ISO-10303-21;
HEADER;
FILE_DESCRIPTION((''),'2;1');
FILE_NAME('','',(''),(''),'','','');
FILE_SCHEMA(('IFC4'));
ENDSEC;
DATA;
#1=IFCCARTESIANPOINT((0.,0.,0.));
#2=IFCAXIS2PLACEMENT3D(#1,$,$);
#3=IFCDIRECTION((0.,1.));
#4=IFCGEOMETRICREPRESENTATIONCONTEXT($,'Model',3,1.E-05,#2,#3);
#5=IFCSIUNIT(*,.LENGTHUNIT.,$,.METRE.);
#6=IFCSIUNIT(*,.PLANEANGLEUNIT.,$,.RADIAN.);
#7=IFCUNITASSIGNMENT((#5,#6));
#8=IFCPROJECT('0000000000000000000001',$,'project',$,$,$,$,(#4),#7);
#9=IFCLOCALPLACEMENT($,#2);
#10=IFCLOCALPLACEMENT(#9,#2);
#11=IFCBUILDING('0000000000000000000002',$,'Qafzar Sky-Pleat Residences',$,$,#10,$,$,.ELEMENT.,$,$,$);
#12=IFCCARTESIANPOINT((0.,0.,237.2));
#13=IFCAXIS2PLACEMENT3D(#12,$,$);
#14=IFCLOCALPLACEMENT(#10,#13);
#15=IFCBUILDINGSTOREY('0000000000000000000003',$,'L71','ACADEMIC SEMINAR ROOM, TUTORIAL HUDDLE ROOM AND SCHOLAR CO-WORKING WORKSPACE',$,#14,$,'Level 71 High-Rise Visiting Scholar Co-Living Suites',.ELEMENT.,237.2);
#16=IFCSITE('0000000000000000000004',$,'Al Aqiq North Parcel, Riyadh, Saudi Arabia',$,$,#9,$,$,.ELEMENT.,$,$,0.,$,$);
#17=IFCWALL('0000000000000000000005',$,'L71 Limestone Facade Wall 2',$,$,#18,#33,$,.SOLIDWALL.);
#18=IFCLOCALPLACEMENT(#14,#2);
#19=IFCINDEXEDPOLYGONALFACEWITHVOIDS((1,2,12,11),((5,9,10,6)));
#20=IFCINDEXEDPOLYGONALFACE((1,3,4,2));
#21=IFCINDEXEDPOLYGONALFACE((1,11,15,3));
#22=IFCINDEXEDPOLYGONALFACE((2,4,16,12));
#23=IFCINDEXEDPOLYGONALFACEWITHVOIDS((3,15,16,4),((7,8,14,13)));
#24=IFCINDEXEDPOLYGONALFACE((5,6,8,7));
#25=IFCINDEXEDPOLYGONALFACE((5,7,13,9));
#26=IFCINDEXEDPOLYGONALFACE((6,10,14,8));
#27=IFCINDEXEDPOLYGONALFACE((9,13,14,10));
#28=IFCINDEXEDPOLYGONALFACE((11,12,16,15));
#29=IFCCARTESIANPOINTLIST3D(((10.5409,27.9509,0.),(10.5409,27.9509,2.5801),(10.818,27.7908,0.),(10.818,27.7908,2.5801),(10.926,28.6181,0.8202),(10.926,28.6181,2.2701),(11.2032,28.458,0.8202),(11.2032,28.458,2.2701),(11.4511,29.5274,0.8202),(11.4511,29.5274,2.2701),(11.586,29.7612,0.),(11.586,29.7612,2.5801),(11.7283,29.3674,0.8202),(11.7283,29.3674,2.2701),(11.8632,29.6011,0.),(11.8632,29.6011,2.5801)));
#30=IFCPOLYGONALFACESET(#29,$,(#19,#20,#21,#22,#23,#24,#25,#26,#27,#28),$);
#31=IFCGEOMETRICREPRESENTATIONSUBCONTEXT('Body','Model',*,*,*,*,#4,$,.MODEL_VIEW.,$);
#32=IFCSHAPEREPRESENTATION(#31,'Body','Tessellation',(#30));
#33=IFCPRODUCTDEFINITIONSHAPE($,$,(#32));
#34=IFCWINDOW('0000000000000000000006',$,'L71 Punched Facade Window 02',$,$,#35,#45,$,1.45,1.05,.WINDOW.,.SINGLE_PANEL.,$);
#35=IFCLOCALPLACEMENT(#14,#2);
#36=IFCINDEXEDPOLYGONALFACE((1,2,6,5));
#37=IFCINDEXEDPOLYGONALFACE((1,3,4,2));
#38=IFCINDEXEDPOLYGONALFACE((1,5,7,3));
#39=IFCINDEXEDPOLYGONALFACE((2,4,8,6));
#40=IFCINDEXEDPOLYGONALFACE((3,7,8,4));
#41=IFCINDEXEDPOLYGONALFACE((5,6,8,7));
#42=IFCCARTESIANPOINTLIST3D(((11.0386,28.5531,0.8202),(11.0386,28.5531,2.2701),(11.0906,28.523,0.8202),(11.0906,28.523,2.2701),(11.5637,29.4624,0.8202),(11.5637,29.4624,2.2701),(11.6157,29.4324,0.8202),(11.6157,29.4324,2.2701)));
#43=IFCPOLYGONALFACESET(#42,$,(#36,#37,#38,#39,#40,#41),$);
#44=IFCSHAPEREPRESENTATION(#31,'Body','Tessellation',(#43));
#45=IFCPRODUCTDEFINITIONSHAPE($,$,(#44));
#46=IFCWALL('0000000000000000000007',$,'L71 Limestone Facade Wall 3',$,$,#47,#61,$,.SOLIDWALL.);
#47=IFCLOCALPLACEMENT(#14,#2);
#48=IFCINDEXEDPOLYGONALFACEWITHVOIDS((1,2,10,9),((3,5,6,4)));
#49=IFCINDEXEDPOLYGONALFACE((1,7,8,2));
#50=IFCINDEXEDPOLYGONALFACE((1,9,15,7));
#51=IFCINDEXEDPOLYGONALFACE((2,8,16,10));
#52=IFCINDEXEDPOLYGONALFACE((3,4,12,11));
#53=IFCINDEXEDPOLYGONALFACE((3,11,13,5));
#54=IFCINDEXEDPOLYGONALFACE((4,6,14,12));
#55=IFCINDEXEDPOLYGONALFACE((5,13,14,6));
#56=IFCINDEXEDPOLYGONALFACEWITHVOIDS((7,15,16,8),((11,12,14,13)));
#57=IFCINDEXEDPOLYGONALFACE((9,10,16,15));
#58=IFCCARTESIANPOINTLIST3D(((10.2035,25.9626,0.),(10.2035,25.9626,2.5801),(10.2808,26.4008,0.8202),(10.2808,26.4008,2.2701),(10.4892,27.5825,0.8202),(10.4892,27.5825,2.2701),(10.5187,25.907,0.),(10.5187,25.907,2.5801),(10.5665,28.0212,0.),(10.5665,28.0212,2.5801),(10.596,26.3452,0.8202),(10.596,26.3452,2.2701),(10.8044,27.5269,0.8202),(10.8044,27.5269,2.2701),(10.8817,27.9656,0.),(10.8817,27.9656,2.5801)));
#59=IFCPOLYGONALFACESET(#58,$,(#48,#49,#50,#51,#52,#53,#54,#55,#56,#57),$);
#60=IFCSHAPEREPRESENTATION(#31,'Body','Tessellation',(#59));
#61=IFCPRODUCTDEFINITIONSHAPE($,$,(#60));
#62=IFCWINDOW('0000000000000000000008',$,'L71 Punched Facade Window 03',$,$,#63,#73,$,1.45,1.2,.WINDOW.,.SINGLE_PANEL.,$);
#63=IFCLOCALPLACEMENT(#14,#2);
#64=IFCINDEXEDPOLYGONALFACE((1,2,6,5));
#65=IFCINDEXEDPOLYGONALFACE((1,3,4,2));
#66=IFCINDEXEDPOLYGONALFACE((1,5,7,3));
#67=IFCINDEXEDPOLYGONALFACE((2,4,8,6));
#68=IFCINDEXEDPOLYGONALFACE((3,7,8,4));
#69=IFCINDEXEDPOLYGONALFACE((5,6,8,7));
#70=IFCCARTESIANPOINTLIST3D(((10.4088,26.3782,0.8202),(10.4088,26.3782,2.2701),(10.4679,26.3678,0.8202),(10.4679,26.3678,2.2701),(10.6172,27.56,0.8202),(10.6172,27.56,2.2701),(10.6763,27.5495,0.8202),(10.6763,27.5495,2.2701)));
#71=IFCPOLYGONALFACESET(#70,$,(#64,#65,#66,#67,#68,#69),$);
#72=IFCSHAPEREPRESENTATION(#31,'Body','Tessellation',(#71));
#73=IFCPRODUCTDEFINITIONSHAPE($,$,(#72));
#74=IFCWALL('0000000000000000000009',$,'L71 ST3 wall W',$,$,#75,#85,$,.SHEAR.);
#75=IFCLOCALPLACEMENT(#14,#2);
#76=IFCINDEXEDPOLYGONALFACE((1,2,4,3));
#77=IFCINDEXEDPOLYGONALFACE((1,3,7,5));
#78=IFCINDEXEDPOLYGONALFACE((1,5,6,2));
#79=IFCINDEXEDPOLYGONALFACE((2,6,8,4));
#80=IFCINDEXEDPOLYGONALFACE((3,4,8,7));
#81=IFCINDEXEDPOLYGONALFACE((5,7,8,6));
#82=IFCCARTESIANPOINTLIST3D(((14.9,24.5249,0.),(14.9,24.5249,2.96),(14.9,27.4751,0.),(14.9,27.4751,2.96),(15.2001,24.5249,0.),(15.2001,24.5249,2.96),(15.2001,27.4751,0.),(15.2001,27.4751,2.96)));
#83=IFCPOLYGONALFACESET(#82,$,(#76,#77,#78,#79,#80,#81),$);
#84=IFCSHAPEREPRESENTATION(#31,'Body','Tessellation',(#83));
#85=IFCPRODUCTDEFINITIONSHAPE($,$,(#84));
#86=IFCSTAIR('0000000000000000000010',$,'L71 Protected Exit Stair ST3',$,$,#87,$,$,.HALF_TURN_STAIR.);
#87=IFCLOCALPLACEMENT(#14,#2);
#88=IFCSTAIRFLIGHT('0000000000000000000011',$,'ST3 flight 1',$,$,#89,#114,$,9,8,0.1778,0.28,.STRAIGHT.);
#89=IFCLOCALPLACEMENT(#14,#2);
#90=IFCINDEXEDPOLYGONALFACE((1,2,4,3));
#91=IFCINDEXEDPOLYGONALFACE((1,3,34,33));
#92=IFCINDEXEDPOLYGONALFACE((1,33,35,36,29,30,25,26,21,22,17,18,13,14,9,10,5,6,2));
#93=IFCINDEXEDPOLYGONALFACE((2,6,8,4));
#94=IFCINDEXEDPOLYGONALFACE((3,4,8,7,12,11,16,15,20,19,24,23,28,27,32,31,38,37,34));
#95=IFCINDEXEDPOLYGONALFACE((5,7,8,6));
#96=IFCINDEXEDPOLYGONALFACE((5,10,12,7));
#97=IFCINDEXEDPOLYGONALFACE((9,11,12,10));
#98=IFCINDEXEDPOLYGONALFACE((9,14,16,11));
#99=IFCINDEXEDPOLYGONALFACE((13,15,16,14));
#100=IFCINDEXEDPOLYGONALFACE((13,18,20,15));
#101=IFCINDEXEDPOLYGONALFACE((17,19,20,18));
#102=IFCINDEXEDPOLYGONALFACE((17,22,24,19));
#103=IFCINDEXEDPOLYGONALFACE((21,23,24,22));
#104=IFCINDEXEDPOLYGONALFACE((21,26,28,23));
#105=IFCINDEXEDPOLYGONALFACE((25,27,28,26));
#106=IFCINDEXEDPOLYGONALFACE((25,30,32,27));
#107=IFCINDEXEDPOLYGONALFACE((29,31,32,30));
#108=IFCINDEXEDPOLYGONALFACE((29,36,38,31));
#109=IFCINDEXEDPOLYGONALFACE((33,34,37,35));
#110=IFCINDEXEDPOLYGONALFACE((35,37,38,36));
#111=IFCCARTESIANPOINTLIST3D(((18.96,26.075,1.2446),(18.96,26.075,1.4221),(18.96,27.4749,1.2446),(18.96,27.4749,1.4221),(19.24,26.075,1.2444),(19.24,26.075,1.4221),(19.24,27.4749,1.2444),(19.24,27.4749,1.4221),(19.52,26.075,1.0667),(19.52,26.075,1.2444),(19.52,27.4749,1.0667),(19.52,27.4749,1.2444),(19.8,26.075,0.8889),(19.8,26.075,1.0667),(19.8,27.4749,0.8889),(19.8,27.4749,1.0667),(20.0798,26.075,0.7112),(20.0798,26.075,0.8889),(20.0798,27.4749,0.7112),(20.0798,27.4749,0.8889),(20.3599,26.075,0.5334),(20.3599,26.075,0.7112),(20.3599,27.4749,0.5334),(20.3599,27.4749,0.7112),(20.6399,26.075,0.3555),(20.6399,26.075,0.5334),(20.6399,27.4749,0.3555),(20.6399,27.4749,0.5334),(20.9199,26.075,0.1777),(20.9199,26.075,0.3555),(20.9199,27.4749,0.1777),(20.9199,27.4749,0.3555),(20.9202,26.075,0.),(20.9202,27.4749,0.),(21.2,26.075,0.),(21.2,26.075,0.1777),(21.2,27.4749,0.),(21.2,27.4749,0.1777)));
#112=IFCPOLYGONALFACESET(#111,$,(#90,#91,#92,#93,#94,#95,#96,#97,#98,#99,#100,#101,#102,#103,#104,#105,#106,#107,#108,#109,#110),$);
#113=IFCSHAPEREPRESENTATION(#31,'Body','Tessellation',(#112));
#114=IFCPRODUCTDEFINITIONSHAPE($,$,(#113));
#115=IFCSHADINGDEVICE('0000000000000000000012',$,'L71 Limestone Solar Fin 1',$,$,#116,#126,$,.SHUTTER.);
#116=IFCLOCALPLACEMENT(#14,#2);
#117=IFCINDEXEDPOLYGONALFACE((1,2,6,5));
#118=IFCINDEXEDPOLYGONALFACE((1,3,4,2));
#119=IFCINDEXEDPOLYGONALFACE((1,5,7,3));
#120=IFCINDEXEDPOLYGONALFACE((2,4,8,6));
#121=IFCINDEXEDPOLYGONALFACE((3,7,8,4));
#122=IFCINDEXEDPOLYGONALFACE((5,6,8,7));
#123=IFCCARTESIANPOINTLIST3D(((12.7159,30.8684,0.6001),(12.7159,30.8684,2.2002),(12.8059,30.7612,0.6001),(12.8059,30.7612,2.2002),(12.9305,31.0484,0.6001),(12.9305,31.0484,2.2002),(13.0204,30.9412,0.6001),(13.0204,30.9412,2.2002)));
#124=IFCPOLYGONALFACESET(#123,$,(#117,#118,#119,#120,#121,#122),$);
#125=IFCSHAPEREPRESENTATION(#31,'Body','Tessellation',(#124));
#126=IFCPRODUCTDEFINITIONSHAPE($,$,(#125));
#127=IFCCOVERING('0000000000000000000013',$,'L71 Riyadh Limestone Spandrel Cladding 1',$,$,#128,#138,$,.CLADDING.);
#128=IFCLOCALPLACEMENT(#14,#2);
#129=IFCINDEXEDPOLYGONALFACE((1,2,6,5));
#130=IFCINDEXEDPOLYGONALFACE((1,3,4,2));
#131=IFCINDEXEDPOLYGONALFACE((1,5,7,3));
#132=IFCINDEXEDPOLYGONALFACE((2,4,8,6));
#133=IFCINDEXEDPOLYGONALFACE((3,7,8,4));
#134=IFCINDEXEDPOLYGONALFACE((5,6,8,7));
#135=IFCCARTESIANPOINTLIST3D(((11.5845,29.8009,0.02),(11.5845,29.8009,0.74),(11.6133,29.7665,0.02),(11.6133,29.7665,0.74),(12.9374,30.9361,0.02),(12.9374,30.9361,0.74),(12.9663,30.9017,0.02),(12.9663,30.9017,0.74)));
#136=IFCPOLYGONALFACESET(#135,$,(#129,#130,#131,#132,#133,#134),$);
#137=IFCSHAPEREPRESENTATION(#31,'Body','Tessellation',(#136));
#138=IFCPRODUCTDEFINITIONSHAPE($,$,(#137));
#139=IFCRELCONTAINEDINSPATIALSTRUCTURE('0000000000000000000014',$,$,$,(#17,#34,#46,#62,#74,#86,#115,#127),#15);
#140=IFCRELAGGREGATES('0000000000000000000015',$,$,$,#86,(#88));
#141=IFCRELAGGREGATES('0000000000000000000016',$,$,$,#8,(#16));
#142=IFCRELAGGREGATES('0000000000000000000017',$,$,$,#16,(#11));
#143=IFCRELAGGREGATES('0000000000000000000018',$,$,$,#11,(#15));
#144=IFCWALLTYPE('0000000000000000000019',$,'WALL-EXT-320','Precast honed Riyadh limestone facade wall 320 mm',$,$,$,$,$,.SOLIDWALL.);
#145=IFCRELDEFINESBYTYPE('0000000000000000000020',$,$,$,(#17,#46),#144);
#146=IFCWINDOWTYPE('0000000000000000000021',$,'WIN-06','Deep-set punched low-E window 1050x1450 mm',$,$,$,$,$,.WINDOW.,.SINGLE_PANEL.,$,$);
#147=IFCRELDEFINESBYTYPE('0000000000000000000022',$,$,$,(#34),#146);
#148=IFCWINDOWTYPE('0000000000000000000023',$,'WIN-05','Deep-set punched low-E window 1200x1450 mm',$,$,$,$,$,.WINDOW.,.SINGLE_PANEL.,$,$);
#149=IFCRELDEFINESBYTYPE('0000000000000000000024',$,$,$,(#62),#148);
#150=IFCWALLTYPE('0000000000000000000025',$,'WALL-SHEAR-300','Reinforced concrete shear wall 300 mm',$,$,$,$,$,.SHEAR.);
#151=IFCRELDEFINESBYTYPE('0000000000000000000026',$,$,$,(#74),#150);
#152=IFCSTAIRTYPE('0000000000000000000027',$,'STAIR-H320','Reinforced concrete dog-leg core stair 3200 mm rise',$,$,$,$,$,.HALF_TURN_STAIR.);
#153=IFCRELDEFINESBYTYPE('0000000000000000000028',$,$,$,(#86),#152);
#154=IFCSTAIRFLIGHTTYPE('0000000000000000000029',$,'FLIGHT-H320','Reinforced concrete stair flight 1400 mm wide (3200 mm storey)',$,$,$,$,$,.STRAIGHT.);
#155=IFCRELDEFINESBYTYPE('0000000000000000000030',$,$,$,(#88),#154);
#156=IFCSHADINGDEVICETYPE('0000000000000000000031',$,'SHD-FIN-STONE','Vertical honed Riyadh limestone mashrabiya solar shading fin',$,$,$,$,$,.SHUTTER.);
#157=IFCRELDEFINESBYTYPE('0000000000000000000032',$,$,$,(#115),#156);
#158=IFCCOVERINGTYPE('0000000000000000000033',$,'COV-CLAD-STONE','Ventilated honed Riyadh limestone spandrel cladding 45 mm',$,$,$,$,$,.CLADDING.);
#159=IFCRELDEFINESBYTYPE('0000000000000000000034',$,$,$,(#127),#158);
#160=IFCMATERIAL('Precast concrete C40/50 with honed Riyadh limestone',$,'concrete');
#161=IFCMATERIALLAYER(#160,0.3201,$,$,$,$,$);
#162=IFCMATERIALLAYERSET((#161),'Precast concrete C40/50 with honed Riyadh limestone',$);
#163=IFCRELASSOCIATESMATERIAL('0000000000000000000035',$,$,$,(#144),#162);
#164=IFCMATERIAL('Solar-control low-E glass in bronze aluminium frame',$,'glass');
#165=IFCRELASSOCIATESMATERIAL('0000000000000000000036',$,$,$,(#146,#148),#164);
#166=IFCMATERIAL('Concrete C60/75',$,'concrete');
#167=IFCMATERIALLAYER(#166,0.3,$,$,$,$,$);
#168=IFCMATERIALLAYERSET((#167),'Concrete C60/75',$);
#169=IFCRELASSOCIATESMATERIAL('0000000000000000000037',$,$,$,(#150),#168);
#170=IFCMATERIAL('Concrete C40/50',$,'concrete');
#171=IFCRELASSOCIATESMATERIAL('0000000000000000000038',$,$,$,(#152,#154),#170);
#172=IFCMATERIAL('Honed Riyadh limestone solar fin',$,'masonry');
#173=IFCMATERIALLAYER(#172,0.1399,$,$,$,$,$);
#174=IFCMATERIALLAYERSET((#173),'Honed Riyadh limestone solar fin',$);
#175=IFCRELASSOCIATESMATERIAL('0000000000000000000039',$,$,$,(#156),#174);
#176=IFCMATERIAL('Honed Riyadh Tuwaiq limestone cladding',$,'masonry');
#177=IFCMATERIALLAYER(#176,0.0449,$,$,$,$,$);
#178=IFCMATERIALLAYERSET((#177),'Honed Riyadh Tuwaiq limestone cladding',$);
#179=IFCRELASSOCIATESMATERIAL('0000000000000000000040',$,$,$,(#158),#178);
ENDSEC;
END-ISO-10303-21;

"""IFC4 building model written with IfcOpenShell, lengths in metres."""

from ifc_helpers import new_model, si_unit, direction, frame, frame_2d, origin, origin_2d, place, context, subcontext, project, spatial, polyline, rectangle, outline, extrude, source, transform, mapped, material, layer, layer_set, type_object, element, fill, aggregate, save


model = new_model("IFC4")

# Units and contexts
model_context = context("Model", 3, precision=1e-05, world=origin(), true_north=direction((0.0, 1.0)))
body_context = subcontext(model_context, "Body", "Model", "MODEL_VIEW")
ifc_project = project(units=[si_unit("LENGTHUNIT", "METRE"), si_unit("PLANEANGLEUNIT", "RADIAN")], contexts=[model_context])

# Site, building, storey
site_placement = place(None, origin())
site = spatial("IfcSite", under=ifc_project, at=site_placement, Name="Al Aqiq North Parcel, Riyadh, Saudi Arabia", CompositionType="ELEMENT", RefElevation=0.0)
building_placement = place(site_placement, origin())
building = spatial("IfcBuilding", under=site, at=building_placement, Name="Qafzar Sky-Pleat Residences", CompositionType="ELEMENT")
storey_placement = place(building_placement, frame((0.0, 0.0, 237.2)))
storey = spatial("IfcBuildingStorey", under=building, at=storey_placement, Name="L71", Description="ACADEMIC SEMINAR ROOM, TUTORIAL HUDDLE ROOM AND SCHOLAR CO-WORKING WORKSPACE", LongName="Level 71 High-Rise Visiting Scholar Co-Living Suites", CompositionType="ELEMENT", Elevation=237.2)

# Walls, openings, windows
ifc_material_1 = material(Name="Precast concrete C40/50 with honed Riyadh limestone", Category="concrete")
ifc_layer_1 = layer(ifc_material_1, 0.3201)
ifc_layer_set_1 = layer_set([ifc_layer_1], Name="Precast concrete C40/50 with honed Riyadh limestone")
wall_type_1 = type_object("IfcWallType", Name="WALL-EXT-320", Description="Precast honed Riyadh limestone facade wall 320 mm", PredefinedType="SOLIDWALL", material=ifc_layer_set_1)
ifc_material_2 = material(Name="Solar-control low-E glass in bronze aluminium frame", Category="glass")
wall_1_placement = place(storey_placement, frame((11.7246, 29.6812, 0.0), z_axis=(0.0, 0.0, 1.0), x_axis=(-0.499995, -0.866028, 0.0)))
wall_1 = element("IfcWall", 1, at=wall_1_placement, inside=storey, type_object=wall_type_1, Name="L71 Limestone Facade Wall 2", PredefinedType="SOLIDWALL", context=body_context, shape_type="SweptSolid", body=[
    extrude(rectangle(XDim=2.0903, YDim=0.3201, at=frame_2d((1.0452, 0.0))), origin(), (0.0, 0.0, 1.0), 2.5801),
])
opening_1_placement = place(wall_1_placement, frame((0.27, 0.0, 0.8201)))
opening_1 = element("IfcOpeningElement", 2, at=opening_1_placement, cuts=wall_1, PredefinedType="OPENING", context=body_context, shape_type="SweptSolid", body=[
    extrude(rectangle(XDim=1.05, YDim=1.45, at=frame_2d((0.5249, 0.7251))), frame((0.0, 0.1699, 0.0), z_axis=(0.0, -1.0, 0.0), x_axis=(1.0, 0.0, 0.0)), (0.0, 0.0, 1.0), 0.3401),
])
window_type_1 = type_object("IfcWindowType", Name="WIN-06", Description="Deep-set punched low-E window 1050x1450 mm", PartitioningType="SINGLE_PANEL", PredefinedType="WINDOW", material=ifc_material_2)
shared_shape_1 = source(origin(), body_context, "Body", "SweptSolid", [
    extrude(rectangle(XDim=1.05, YDim=1.45, at=frame_2d((0.5249, 0.7251))), frame((0.0, 0.03, 0.0), z_axis=(0.0, -1.0, 0.0), x_axis=(1.0, 0.0, 0.0)), (0.0, 0.0, 1.0), 0.0601),
])
window_1_placement = place(opening_1_placement, origin())
window_1 = element("IfcWindow", 3, at=window_1_placement, inside=storey, type_object=window_type_1, Name="L71 Punched Facade Window 02", OverallHeight=1.45, OverallWidth=1.05, PartitioningType="SINGLE_PANEL", PredefinedType="WINDOW", context=body_context, shape_type="MappedRepresentation", body=[
    mapped(shared_shape_1, transform((0.0, 0.0, 0.0), x_axis=(1.0, 0.0, 0.0), y_axis=(0.0, 1.0, 0.0), z_axis=(0.0, 0.0, 1.0), scale=1.0)),
])
fill(opening_1, window_1)
wall_2_placement = place(storey_placement, frame((10.7241, 27.9934, 0.0), z_axis=(0.0, 0.0, 1.0), x_axis=(-0.173672, -0.984804, 0.0)))
wall_2 = element("IfcWall", 4, at=wall_2_placement, inside=storey, type_object=wall_type_1, Name="L71 Limestone Facade Wall 3", PredefinedType="SOLIDWALL", context=body_context, shape_type="SweptSolid", body=[
    extrude(rectangle(XDim=2.0903, YDim=0.3201, at=frame_2d((1.0452, 0.0))), origin(), (0.0, 0.0, 1.0), 2.5801),
])
opening_2_placement = place(wall_2_placement, frame((0.4453, 0.0, 0.8201)))
opening_2 = element("IfcOpeningElement", 5, at=opening_2_placement, cuts=wall_2, PredefinedType="OPENING", context=body_context, shape_type="SweptSolid", body=[
    extrude(rectangle(XDim=1.2, YDim=1.45, at=frame_2d((0.6001, 0.7251))), frame((0.0, 0.1699, 0.0), z_axis=(0.0, -1.0, 0.0), x_axis=(1.0, 0.0, 0.0)), (0.0, 0.0, 1.0), 0.3401),
])
window_type_2 = type_object("IfcWindowType", Name="WIN-05", Description="Deep-set punched low-E window 1200x1450 mm", PartitioningType="SINGLE_PANEL", PredefinedType="WINDOW", material=ifc_material_2)
shared_shape_2 = source(origin(), body_context, "Body", "SweptSolid", [
    extrude(rectangle(XDim=1.2, YDim=1.45, at=frame_2d((0.6001, 0.7251))), frame((0.0, 0.03, 0.0), z_axis=(0.0, -1.0, 0.0), x_axis=(1.0, 0.0, 0.0)), (0.0, 0.0, 1.0), 0.0601),
])
window_2_placement = place(opening_2_placement, origin())
window_2 = element("IfcWindow", 6, at=window_2_placement, inside=storey, type_object=window_type_2, Name="L71 Punched Facade Window 03", OverallHeight=1.45, OverallWidth=1.2, PartitioningType="SINGLE_PANEL", PredefinedType="WINDOW", context=body_context, shape_type="MappedRepresentation", body=[
    mapped(shared_shape_2, transform((0.0, 0.0, 0.0), x_axis=(1.0, 0.0, 0.0), y_axis=(0.0, 1.0, 0.0), z_axis=(0.0, 0.0, 1.0), scale=1.0)),
])
fill(opening_2, window_2)

# Wall
ifc_material_3 = material(Name="Concrete C60/75", Category="concrete")
ifc_layer_2 = layer(ifc_material_3, 0.3)
ifc_layer_set_2 = layer_set([ifc_layer_2], Name="Concrete C60/75")
wall_type_2 = type_object("IfcWallType", Name="WALL-SHEAR-300", Description="Reinforced concrete shear wall 300 mm", PredefinedType="SHEAR", material=ifc_layer_set_2)
wall_3_placement = place(storey_placement, frame((15.05, 27.4751, 0.0), z_axis=(0.0, 0.0, 1.0), x_axis=(0.0, -1.0, 0.0)))
element("IfcWall", 7, at=wall_3_placement, inside=storey, type_object=wall_type_2, Name="L71 ST3 wall W", PredefinedType="SHEAR", context=body_context, shape_type="SweptSolid", body=[
    extrude(rectangle(XDim=2.9502, YDim=0.3, at=frame_2d((1.4751, 0.0))), origin(), (0.0, 0.0, 1.0), 2.96),
])

# Stair, stair flight
ifc_material_4 = material(Name="Concrete C40/50", Category="concrete")
stair_type = type_object("IfcStairType", Name="STAIR-H320", Description="Reinforced concrete dog-leg core stair 3200 mm rise", PredefinedType="HALF_TURN_STAIR", material=ifc_material_4)
stair_placement = place(storey_placement, origin())
stair = element("IfcStair", 8, at=stair_placement, inside=storey, type_object=stair_type, Name="L71 Protected Exit Stair ST3", PredefinedType="HALF_TURN_STAIR")
stair_flight_type = type_object("IfcStairFlightType", Name="FLIGHT-H320", Description="Reinforced concrete stair flight 1400 mm wide (3200 mm storey)", PredefinedType="STRAIGHT", material=ifc_material_4)
shared_shape_3 = source(origin(), body_context, "Body", "SweptSolid", [
    extrude(outline(polyline([(0.0, 0.0), (0.0, 0.1777), (0.28, 0.1777), (0.28, 0.3555), (0.5601, 0.3555), (0.5601, 0.5334), (0.8401, 0.5334), (0.8401, 0.7112), (1.1201, 0.7112), (1.1201, 0.8889), (1.3999, 0.8889), (1.3999, 1.0667), (1.6799, 1.0667), (1.6799, 1.2444), (1.96, 1.2444), (1.96, 1.4221), (2.24, 1.4221), (2.24, 1.6001), (2.24, 1.2446), (0.2798, 0.0), (0.0, 0.0)])), frame((0.0, 0.7, 0.0), z_axis=(0.0, -1.0, 0.0), x_axis=(1.0, 0.0, 0.0)), (0.0, 0.0, 1.0), 1.3999),
])
stair_flight_placement = place(storey_placement, frame((21.2, 26.7749, 0.0), z_axis=(0.0, 0.0, 1.0), x_axis=(-1.0, 0.0, 0.0)))
stair_flight = element("IfcStairFlight", 9, at=stair_flight_placement, type_object=stair_flight_type, Name="ST3 flight 1", NumberOfRisers=9, NumberOfTreads=8, PredefinedType="STRAIGHT", RiserHeight=0.1778, TreadLength=0.28, context=body_context, shape_type="MappedRepresentation", body=[
    mapped(shared_shape_3, transform((0.0, 0.0, 0.0), x_axis=(1.0, 0.0, 0.0), y_axis=(0.0, 1.0, 0.0), z_axis=(0.0, 0.0, 1.0), scale=1.0)),
])
aggregate(stair, [stair_flight])

# Shading device
ifc_material_5 = material(Name="Honed Riyadh limestone solar fin", Category="masonry")
ifc_layer_3 = layer(ifc_material_5, 0.1399)
ifc_layer_set_3 = layer_set([ifc_layer_3], Name="Honed Riyadh limestone solar fin")
shading_device_type = type_object("IfcShadingDeviceType", Name="SHD-FIN-STONE", Description="Vertical honed Riyadh limestone mashrabiya solar shading fin", PredefinedType="SHUTTER", material=ifc_layer_set_3)
shared_shape_4 = source(origin(), body_context, "Body", "SweptSolid", [
    extrude(rectangle(XDim=0.1399, YDim=0.28, at=origin_2d()), origin(), (0.0, 0.0, 1.0), 1.6001),
])
shading_device_placement = place(storey_placement, frame((12.8682, 30.9048, 0.6001), z_axis=(0.0, 0.0, 1.0), x_axis=(-0.642754, 0.766072, 0.0)))
element("IfcShadingDevice", 10, at=shading_device_placement, inside=storey, type_object=shading_device_type, Name="L71 Limestone Solar Fin 1", PredefinedType="SHUTTER", context=body_context, shape_type="MappedRepresentation", body=[
    mapped(shared_shape_4, transform((0.0, 0.0, 0.0), x_axis=(1.0, 0.0, 0.0), y_axis=(0.0, 1.0, 0.0), z_axis=(0.0, 0.0, 1.0), scale=1.0)),
])

# Covering
ifc_material_6 = material(Name="Honed Riyadh Tuwaiq limestone cladding", Category="masonry")
ifc_layer_4 = layer(ifc_material_6, 0.0449)
ifc_layer_set_4 = layer_set([ifc_layer_4], Name="Honed Riyadh Tuwaiq limestone cladding")
covering_type = type_object("IfcCoveringType", Name="COV-CLAD-STONE", Description="Ventilated honed Riyadh limestone spandrel cladding 45 mm", PredefinedType="CLADDING", material=ifc_layer_set_4)
shared_shape_5 = source(origin(), body_context, "Body", "SweptSolid", [
    extrude(rectangle(XDim=1.7661, YDim=0.0449, at=origin_2d()), origin(), (0.0, 0.0, 1.0), 0.72),
])
covering_placement = place(storey_placement, frame((12.2754, 30.3513, 0.02), z_axis=(0.0, 0.0, 1.0), x_axis=(-0.766074, -0.642752, 0.0)))
element("IfcCovering", 11, at=covering_placement, inside=storey, type_object=covering_type, Name="L71 Riyadh Limestone Spandrel Cladding 1", PredefinedType="CLADDING", context=body_context, shape_type="MappedRepresentation", body=[
    mapped(shared_shape_5, transform((0.0, 0.0, 0.0), x_axis=(1.0, 0.0, 0.0), y_axis=(0.0, 1.0, 0.0), z_axis=(0.0, 0.0, 1.0), scale=1.0)),
])

save(model, "model.ifc")
